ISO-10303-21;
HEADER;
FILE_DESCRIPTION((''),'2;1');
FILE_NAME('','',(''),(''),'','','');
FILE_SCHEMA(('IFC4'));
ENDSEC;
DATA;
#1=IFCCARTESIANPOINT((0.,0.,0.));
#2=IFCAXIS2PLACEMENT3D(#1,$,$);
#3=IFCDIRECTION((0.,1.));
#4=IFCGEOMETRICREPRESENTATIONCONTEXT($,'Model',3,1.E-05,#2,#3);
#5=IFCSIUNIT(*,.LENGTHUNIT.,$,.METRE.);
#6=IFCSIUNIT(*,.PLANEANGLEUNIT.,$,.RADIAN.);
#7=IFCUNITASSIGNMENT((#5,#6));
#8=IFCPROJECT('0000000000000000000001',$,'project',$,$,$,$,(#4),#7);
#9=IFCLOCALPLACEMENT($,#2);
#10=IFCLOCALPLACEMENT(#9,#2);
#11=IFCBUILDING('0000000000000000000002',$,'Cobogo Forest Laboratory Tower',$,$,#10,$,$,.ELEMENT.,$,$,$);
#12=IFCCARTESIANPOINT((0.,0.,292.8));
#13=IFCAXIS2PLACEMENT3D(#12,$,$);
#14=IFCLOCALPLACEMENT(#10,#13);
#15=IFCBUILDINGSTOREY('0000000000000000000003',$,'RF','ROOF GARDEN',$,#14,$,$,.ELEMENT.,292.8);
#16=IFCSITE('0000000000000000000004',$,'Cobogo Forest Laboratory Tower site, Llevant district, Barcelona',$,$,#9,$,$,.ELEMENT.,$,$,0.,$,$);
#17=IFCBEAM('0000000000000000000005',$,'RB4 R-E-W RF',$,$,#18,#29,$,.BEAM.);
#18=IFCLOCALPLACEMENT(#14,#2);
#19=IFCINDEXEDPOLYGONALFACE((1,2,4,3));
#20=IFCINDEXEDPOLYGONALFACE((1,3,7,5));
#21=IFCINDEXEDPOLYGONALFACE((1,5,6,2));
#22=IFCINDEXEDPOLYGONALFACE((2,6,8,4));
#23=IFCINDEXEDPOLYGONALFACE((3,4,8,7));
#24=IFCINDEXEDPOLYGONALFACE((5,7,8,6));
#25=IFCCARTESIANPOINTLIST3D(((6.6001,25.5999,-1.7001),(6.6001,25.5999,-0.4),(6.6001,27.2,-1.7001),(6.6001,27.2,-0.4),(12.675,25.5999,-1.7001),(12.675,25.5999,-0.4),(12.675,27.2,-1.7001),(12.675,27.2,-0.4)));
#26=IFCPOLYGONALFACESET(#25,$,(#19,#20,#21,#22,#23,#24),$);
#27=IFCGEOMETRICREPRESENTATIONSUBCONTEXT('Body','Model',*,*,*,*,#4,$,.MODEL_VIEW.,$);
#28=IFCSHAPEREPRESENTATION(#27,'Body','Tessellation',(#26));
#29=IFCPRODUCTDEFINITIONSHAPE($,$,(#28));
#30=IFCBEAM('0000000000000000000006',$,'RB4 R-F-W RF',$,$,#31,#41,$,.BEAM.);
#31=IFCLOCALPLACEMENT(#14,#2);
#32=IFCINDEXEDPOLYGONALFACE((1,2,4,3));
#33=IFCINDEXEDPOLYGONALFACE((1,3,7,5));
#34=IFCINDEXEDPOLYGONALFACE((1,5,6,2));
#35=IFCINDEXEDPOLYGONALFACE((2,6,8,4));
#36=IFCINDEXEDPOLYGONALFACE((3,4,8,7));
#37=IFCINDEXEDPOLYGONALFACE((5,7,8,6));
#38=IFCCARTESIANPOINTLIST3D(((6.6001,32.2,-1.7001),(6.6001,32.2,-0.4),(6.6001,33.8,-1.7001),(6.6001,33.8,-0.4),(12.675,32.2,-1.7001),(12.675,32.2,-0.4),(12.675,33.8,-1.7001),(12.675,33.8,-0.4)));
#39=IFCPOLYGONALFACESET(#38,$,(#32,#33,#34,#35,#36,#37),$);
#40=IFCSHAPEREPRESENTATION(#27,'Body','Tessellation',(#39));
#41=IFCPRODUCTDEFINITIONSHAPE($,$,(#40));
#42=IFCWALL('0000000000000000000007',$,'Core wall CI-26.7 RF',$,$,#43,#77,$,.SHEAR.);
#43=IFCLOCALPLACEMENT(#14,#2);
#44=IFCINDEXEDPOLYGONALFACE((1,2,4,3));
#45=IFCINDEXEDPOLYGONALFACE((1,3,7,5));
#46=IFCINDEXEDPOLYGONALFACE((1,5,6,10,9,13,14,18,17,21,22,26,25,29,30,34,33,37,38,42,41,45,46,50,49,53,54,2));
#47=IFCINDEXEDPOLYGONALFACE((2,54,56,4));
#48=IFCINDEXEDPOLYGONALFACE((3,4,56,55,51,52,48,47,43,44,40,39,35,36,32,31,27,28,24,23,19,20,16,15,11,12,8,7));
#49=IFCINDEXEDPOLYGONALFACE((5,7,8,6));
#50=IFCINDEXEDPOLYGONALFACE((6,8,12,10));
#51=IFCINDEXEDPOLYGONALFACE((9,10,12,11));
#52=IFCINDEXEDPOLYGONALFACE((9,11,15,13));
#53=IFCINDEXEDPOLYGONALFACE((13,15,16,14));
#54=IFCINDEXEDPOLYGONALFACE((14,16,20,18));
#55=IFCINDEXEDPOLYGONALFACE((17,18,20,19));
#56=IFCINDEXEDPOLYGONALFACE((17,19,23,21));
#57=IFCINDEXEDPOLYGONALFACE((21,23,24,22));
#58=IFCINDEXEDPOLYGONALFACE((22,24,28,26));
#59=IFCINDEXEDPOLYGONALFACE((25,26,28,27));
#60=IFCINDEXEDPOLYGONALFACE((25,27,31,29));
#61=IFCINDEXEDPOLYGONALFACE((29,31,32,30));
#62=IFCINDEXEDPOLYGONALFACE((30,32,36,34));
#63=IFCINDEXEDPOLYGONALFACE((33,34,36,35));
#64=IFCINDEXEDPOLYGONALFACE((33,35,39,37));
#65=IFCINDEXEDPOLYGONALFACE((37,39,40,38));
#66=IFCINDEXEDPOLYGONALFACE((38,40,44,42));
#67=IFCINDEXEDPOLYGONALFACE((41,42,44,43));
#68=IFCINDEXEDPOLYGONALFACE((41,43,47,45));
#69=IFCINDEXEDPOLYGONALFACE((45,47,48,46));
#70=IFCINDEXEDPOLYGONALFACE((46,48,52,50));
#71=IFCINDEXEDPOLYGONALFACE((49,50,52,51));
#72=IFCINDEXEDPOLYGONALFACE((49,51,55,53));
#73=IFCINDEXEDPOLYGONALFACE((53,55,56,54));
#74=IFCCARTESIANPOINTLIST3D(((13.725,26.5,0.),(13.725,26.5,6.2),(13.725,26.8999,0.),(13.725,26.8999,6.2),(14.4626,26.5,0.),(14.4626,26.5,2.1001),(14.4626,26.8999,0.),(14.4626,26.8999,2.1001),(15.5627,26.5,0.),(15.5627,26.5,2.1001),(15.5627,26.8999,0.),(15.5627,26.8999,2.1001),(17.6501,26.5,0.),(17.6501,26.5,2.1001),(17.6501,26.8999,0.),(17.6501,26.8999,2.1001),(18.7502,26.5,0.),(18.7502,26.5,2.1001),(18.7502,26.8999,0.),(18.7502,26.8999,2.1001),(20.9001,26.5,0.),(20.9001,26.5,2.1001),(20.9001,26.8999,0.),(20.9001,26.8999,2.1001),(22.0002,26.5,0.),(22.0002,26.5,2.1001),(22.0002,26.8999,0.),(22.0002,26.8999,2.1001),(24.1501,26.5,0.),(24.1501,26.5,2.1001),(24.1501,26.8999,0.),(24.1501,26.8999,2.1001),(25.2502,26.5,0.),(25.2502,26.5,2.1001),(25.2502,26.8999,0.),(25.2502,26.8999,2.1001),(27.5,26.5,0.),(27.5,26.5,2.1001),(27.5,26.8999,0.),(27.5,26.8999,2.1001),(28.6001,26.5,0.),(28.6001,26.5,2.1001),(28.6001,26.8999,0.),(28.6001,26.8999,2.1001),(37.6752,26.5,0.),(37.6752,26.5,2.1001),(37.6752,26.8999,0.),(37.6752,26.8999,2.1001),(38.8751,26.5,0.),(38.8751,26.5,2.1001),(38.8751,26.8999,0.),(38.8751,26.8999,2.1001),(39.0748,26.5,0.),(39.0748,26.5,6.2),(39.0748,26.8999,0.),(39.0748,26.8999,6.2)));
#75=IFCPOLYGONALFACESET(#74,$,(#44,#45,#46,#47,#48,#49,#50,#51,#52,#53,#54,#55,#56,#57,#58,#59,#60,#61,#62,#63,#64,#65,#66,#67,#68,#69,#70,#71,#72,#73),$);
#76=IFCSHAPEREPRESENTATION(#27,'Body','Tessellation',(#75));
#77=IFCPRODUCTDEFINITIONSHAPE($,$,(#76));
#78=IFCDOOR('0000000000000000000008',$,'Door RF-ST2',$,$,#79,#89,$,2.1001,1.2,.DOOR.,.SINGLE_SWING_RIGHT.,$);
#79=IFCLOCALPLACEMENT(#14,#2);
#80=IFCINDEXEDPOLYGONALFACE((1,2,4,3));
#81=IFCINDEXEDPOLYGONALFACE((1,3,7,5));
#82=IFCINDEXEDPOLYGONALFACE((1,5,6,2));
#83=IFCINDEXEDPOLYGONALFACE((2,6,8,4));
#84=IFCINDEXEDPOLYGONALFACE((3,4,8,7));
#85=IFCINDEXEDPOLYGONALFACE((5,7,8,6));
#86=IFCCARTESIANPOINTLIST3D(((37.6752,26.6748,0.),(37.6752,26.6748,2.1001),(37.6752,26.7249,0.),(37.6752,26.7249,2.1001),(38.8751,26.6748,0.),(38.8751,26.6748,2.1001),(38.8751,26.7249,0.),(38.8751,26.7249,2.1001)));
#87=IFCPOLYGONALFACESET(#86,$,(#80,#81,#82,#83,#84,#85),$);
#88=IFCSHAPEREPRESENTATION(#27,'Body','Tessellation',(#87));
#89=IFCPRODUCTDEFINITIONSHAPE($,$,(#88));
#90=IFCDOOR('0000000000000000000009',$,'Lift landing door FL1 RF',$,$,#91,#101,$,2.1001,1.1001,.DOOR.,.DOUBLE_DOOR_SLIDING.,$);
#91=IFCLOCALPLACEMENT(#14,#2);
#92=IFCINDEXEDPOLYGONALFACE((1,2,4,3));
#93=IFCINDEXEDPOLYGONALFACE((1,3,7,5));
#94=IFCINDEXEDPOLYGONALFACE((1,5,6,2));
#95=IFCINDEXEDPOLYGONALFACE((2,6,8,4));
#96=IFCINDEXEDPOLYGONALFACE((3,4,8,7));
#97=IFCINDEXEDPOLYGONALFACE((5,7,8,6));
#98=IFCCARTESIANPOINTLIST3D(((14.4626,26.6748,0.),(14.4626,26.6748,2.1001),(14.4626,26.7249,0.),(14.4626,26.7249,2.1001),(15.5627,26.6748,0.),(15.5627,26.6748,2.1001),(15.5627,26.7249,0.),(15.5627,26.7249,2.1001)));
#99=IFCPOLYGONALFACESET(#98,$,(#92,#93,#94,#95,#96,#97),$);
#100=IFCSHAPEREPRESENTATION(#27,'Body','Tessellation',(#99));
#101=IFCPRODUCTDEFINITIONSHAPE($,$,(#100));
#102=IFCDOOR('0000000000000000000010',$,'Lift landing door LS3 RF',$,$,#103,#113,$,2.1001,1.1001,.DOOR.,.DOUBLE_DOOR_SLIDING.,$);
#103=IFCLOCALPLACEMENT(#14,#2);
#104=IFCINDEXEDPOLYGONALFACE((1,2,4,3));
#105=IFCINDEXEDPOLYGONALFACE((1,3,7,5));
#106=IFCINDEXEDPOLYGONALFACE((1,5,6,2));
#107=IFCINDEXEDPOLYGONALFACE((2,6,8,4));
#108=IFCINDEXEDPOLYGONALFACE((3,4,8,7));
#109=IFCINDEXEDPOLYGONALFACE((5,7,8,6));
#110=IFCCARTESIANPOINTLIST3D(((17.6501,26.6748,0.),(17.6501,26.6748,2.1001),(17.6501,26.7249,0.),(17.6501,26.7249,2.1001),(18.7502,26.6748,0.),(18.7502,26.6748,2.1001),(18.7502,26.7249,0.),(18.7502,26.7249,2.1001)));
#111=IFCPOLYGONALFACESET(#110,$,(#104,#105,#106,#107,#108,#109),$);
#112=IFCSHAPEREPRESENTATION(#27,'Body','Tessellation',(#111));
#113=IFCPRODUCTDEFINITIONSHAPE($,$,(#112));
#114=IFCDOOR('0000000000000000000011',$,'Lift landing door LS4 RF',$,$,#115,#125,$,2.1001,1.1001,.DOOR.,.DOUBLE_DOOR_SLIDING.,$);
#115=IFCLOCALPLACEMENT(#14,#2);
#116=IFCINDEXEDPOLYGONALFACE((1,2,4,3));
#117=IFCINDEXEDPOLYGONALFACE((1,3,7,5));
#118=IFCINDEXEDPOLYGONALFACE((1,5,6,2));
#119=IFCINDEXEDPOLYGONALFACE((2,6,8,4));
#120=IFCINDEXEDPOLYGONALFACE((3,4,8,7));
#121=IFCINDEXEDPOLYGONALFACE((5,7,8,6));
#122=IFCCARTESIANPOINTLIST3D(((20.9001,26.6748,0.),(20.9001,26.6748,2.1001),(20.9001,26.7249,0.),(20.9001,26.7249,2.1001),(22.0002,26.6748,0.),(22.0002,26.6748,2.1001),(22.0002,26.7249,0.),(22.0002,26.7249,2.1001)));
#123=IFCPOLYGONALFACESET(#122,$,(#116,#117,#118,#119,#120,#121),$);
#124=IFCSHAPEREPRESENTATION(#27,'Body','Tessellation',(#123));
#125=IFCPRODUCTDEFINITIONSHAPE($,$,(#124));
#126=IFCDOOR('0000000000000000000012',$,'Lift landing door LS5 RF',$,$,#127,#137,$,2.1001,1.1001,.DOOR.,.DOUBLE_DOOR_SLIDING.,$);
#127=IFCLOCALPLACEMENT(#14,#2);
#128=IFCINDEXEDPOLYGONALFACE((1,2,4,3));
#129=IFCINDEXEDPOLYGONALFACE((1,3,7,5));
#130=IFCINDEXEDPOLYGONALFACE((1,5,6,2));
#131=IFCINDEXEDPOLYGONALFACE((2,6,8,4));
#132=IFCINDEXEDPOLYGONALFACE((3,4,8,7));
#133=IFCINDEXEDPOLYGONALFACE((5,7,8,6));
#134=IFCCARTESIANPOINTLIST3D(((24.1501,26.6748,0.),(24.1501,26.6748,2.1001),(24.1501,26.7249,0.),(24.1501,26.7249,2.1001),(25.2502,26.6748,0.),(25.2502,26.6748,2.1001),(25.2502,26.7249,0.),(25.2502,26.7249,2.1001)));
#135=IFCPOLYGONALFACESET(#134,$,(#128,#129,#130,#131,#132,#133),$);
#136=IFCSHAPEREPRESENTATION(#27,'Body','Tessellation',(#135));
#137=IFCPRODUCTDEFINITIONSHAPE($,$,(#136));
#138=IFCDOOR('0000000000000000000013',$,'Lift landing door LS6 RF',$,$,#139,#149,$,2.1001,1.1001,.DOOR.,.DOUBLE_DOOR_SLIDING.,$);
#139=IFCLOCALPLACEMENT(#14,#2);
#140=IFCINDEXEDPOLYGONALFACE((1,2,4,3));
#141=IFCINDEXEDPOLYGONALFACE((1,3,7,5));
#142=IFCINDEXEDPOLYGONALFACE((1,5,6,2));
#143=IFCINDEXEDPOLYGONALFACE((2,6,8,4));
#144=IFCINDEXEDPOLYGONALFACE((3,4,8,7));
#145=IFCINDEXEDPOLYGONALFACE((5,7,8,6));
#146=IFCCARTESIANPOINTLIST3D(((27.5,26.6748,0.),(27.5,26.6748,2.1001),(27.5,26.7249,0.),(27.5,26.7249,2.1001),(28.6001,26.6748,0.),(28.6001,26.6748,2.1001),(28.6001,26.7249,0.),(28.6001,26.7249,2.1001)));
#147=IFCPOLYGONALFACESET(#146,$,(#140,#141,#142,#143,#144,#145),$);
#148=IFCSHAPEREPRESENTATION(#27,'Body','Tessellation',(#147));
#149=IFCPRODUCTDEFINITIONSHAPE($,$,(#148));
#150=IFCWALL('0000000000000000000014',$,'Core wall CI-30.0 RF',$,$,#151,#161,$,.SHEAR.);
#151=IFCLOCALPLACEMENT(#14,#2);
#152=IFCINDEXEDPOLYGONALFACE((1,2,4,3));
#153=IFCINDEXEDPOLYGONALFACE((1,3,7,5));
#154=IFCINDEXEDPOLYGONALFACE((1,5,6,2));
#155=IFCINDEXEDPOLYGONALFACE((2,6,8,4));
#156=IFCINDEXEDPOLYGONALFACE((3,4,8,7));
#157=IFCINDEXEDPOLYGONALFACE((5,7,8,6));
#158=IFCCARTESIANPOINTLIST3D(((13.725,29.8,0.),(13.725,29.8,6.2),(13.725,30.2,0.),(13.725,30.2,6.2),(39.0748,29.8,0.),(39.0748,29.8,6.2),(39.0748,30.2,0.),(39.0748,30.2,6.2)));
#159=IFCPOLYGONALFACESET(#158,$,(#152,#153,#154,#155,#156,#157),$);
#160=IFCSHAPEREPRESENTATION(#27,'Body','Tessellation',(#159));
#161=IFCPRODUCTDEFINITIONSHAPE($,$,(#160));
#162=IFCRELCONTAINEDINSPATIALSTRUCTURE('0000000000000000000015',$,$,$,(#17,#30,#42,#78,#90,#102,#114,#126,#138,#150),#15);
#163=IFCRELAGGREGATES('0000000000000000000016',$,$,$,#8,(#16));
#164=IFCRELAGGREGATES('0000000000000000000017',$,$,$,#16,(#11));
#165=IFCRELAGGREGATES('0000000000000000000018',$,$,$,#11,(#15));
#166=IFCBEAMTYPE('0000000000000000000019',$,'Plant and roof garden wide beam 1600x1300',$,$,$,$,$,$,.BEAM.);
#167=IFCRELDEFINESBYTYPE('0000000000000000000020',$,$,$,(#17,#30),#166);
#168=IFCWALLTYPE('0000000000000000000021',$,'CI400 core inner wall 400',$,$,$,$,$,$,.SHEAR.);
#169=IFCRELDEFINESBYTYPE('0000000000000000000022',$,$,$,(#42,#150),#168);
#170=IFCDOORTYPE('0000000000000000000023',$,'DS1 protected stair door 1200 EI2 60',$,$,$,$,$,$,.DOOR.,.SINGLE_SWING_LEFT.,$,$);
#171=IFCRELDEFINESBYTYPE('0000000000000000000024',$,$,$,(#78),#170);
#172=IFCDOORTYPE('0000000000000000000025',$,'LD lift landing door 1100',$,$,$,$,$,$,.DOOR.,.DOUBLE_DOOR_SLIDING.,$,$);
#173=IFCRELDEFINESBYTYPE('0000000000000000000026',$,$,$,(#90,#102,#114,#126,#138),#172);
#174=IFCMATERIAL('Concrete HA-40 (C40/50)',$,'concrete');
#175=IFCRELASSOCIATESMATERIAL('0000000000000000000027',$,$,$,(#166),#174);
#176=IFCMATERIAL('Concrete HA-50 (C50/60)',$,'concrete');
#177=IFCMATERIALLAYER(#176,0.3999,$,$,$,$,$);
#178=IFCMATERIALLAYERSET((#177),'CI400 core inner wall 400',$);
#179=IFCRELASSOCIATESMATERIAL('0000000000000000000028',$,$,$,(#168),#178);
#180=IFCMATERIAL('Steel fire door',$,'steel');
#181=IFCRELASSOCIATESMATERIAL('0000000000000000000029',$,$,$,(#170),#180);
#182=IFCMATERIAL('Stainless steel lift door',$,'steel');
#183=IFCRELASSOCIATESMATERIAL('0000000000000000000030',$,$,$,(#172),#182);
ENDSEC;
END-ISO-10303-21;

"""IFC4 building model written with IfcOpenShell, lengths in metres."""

from ifc_helpers import new_model, si_unit, direction, frame, frame_2d, origin, origin_2d, place, context, subcontext, project, spatial, rectangle, extrude, material, layer, layer_set, material_profile, profile_set, type_object, element, fill, save


model = new_model("IFC4")

# Units and contexts
model_context = context("Model", 3, precision=1e-05, world=origin(), true_north=direction((0.0, 1.0)))
body_context = subcontext(model_context, "Body", "Model", "MODEL_VIEW")
ifc_project = project(units=[si_unit("LENGTHUNIT", "METRE"), si_unit("PLANEANGLEUNIT", "RADIAN")], contexts=[model_context])

# Site, building, storey
site_placement = place(None, origin())
site = spatial("IfcSite", under=ifc_project, at=site_placement, Name="Cobogo Forest Laboratory Tower site, Llevant district, Barcelona", CompositionType="ELEMENT", RefElevation=0.0)
building_placement = place(site_placement, origin())
building = spatial("IfcBuilding", under=site, at=building_placement, Name="Cobogo Forest Laboratory Tower", CompositionType="ELEMENT")
storey_placement = place(building_placement, frame((0.0, 0.0, 292.8)))
storey = spatial("IfcBuildingStorey", under=building, at=storey_placement, Name="RF", Description="ROOF GARDEN", CompositionType="ELEMENT", Elevation=292.8)

# Beams
ifc_material_1 = material(Name="Concrete HA-40 (C40/50)", Category="concrete")
ifc_material_profile_1 = material_profile(ifc_material_1, rectangle(XDim=1.6001, YDim=1.3, at=origin_2d()), Name="RC 1600x1300")
ifc_profile_set_1 = profile_set([ifc_material_profile_1], Name="Concrete HA-40 (C40/50)")
beam_type_1 = type_object("IfcBeamType", Name="Plant and roof garden wide beam 1600x1300", PredefinedType="BEAM", material=ifc_profile_set_1)
for number, where, z_axis, x_axis, name in (
    (1, (12.675, 26.3999, -1.05), (-1.0, 0.0, 0.0), (0.0, -1.0, 0.0), "RB4 R-E-W RF"),
    (2, (12.675, 33.0, -1.05), (-1.0, 0.0, 0.0), (0.0, -1.0, 0.0), "RB4 R-F-W RF"),
):
    element("IfcBeam", number, at=place(storey_placement, frame(where, z_axis=z_axis, x_axis=x_axis)), inside=storey, type_object=beam_type_1, Name=name, PredefinedType="BEAM", context=body_context, shape_type="SweptSolid", body=[
        extrude(rectangle(XDim=1.6001, YDim=1.3, at=origin_2d()), origin(), (0.0, 0.0, 1.0), 6.075),
    ])

# Wall, openings, doors
ifc_material_2 = material(Name="Concrete HA-50 (C50/60)", Category="concrete")
ifc_layer_1 = layer(ifc_material_2, 0.3999)
ifc_layer_set_1 = layer_set([ifc_layer_1], Name="CI400 core inner wall 400")
wall_type_1 = type_object("IfcWallType", Name="CI400 core inner wall 400", PredefinedType="SHEAR", material=ifc_layer_set_1)
wall_1_placement = place(storey_placement, frame((13.7251, 26.7, 0.0), z_axis=(0.0, 0.0, 1.0), x_axis=(1.0, 0.0, 0.0)))
wall_1 = element("IfcWall", 3, at=wall_1_placement, inside=storey, type_object=wall_type_1, Name="Core wall CI-26.7 RF", PredefinedType="SHEAR", context=body_context, shape_type="SweptSolid", body=[
    extrude(rectangle(XDim=25.3499, YDim=0.3999, at=frame_2d((12.6748, 0.0))), origin(), (0.0, 0.0, 1.0), 6.2),
])
opening_1_placement = place(wall_1_placement, frame((23.95, 0.0, 0.0)))
opening_1 = element("IfcOpeningElement", 4, at=opening_1_placement, cuts=wall_1, PredefinedType="OPENING", context=body_context, shape_type="SweptSolid", body=[
    extrude(rectangle(XDim=1.2, YDim=2.1001, at=frame_2d((0.6001, 1.05))), frame((0.0, 0.21, 0.0), z_axis=(0.0, -1.0, 0.0), x_axis=(1.0, 0.0, 0.0)), (0.0, 0.0, 1.0), 0.4199),
])
opening_2_placement = place(wall_1_placement, frame((0.7375, 0.0, 0.0)))
opening_2 = element("IfcOpeningElement", 5, at=opening_2_placement, cuts=wall_1, PredefinedType="OPENING", context=body_context, shape_type="SweptSolid", body=[
    extrude(rectangle(XDim=1.1001, YDim=2.1001, at=frame_2d((0.55, 1.05))), frame((0.0, 0.21, 0.0), z_axis=(0.0, -1.0, 0.0), x_axis=(1.0, 0.0, 0.0)), (0.0, 0.0, 1.0), 0.4199),
])
opening_3_placement = place(wall_1_placement, frame((3.925, 0.0, 0.0)))
opening_3 = element("IfcOpeningElement", 6, at=opening_3_placement, cuts=wall_1, PredefinedType="OPENING", context=body_context, shape_type="SweptSolid", body=[
    extrude(rectangle(XDim=1.1001, YDim=2.1001, at=frame_2d((0.55, 1.05))), frame((0.0, 0.21, 0.0), z_axis=(0.0, -1.0, 0.0), x_axis=(1.0, 0.0, 0.0)), (0.0, 0.0, 1.0), 0.4199),
])
opening_4_placement = place(wall_1_placement, frame((7.175, 0.0, 0.0)))
opening_4 = element("IfcOpeningElement", 7, at=opening_4_placement, cuts=wall_1, PredefinedType="OPENING", context=body_context, shape_type="SweptSolid", body=[
    extrude(rectangle(XDim=1.1001, YDim=2.1001, at=frame_2d((0.55, 1.05))), frame((0.0, 0.21, 0.0), z_axis=(0.0, -1.0, 0.0), x_axis=(1.0, 0.0, 0.0)), (0.0, 0.0, 1.0), 0.4199),
])
opening_5_placement = place(wall_1_placement, frame((10.425, 0.0, 0.0)))
opening_5 = element("IfcOpeningElement", 8, at=opening_5_placement, cuts=wall_1, PredefinedType="OPENING", context=body_context, shape_type="SweptSolid", body=[
    extrude(rectangle(XDim=1.1001, YDim=2.1001, at=frame_2d((0.55, 1.05))), frame((0.0, 0.21, 0.0), z_axis=(0.0, -1.0, 0.0), x_axis=(1.0, 0.0, 0.0)), (0.0, 0.0, 1.0), 0.4199),
])
opening_6_placement = place(wall_1_placement, frame((13.7749, 0.0, 0.0)))
opening_6 = element("IfcOpeningElement", 9, at=opening_6_placement, cuts=wall_1, PredefinedType="OPENING", context=body_context, shape_type="SweptSolid", body=[
    extrude(rectangle(XDim=1.1001, YDim=2.1001, at=frame_2d((0.55, 1.05))), frame((0.0, 0.21, 0.0), z_axis=(0.0, -1.0, 0.0), x_axis=(1.0, 0.0, 0.0)), (0.0, 0.0, 1.0), 0.4199),
])
ifc_material_3 = material(Name="Steel fire door", Category="steel")
door_type_1 = type_object("IfcDoorType", Name="DS1 protected stair door 1200 EI2 60", OperationType="SINGLE_SWING_LEFT", PredefinedType="DOOR", material=ifc_material_3)
door_1_placement = place(opening_1_placement, origin())
door_1 = element("IfcDoor", 10, at=door_1_placement, inside=storey, type_object=door_type_1, Name="Door RF-ST2", OperationType="SINGLE_SWING_RIGHT", OverallHeight=2.1001, OverallWidth=1.2, PredefinedType="DOOR", context=body_context, shape_type="SweptSolid", body=[
    extrude(rectangle(XDim=1.2, YDim=2.1001, at=frame_2d((0.6001, 1.05))), frame((0.0, 0.0249, 0.0), z_axis=(0.0, -1.0, 0.0), x_axis=(1.0, 0.0, 0.0)), (0.0, 0.0, 1.0), 0.05),
])
fill(opening_1, door_1)
ifc_material_4 = material(Name="Stainless steel lift door", Category="steel")
door_type_2 = type_object("IfcDoorType", Name="LD lift landing door 1100", OperationType="DOUBLE_DOOR_SLIDING", PredefinedType="DOOR", material=ifc_material_4)
door_2_placement = place(opening_2_placement, origin())
door_2 = element("IfcDoor", 11, at=door_2_placement, inside=storey, type_object=door_type_2, Name="Lift landing door FL1 RF", OperationType="DOUBLE_DOOR_SLIDING", OverallHeight=2.1001, OverallWidth=1.1001, PredefinedType="DOOR", context=body_context, shape_type="SweptSolid", body=[
    extrude(rectangle(XDim=1.1001, YDim=2.1001, at=frame_2d((0.55, 1.05))), frame((0.0, 0.0249, 0.0), z_axis=(0.0, -1.0, 0.0), x_axis=(1.0, 0.0, 0.0)), (0.0, 0.0, 1.0), 0.05),
])
fill(opening_2, door_2)
door_3_placement = place(opening_3_placement, origin())
door_3 = element("IfcDoor", 12, at=door_3_placement, inside=storey, type_object=door_type_2, Name="Lift landing door LS3 RF", OperationType="DOUBLE_DOOR_SLIDING", OverallHeight=2.1001, OverallWidth=1.1001, PredefinedType="DOOR", context=body_context, shape_type="SweptSolid", body=[
    extrude(rectangle(XDim=1.1001, YDim=2.1001, at=frame_2d((0.55, 1.05))), frame((0.0, 0.0249, 0.0), z_axis=(0.0, -1.0, 0.0), x_axis=(1.0, 0.0, 0.0)), (0.0, 0.0, 1.0), 0.05),
])
fill(opening_3, door_3)
door_4_placement = place(opening_4_placement, origin())
door_4 = element("IfcDoor", 13, at=door_4_placement, inside=storey, type_object=door_type_2, Name="Lift landing door LS4 RF", OperationType="DOUBLE_DOOR_SLIDING", OverallHeight=2.1001, OverallWidth=1.1001, PredefinedType="DOOR", context=body_context, shape_type="SweptSolid", body=[
    extrude(rectangle(XDim=1.1001, YDim=2.1001, at=frame_2d((0.55, 1.05))), frame((0.0, 0.0249, 0.0), z_axis=(0.0, -1.0, 0.0), x_axis=(1.0, 0.0, 0.0)), (0.0, 0.0, 1.0), 0.05),
])
fill(opening_4, door_4)
door_5_placement = place(opening_5_placement, origin())
door_5 = element("IfcDoor", 14, at=door_5_placement, inside=storey, type_object=door_type_2, Name="Lift landing door LS5 RF", OperationType="DOUBLE_DOOR_SLIDING", OverallHeight=2.1001, OverallWidth=1.1001, PredefinedType="DOOR", context=body_context, shape_type="SweptSolid", body=[
    extrude(rectangle(XDim=1.1001, YDim=2.1001, at=frame_2d((0.55, 1.05))), frame((0.0, 0.0249, 0.0), z_axis=(0.0, -1.0, 0.0), x_axis=(1.0, 0.0, 0.0)), (0.0, 0.0, 1.0), 0.05),
])
fill(opening_5, door_5)
door_6_placement = place(opening_6_placement, origin())
door_6 = element("IfcDoor", 15, at=door_6_placement, inside=storey, type_object=door_type_2, Name="Lift landing door LS6 RF", OperationType="DOUBLE_DOOR_SLIDING", OverallHeight=2.1001, OverallWidth=1.1001, PredefinedType="DOOR", context=body_context, shape_type="SweptSolid", body=[
    extrude(rectangle(XDim=1.1001, YDim=2.1001, at=frame_2d((0.55, 1.05))), frame((0.0, 0.0249, 0.0), z_axis=(0.0, -1.0, 0.0), x_axis=(1.0, 0.0, 0.0)), (0.0, 0.0, 1.0), 0.05),
])
fill(opening_6, door_6)

# Wall
wall_2_placement = place(storey_placement, frame((13.7251, 30.0, 0.0), z_axis=(0.0, 0.0, 1.0), x_axis=(1.0, 0.0, 0.0)))
element("IfcWall", 16, at=wall_2_placement, inside=storey, type_object=wall_type_1, Name="Core wall CI-30.0 RF", PredefinedType="SHEAR", context=body_context, shape_type="SweptSolid", body=[
    extrude(rectangle(XDim=25.3499, YDim=0.3999, at=frame_2d((12.6748, 0.0))), origin(), (0.0, 0.0, 1.0), 6.2),
])

save(model, "model.ifc")
